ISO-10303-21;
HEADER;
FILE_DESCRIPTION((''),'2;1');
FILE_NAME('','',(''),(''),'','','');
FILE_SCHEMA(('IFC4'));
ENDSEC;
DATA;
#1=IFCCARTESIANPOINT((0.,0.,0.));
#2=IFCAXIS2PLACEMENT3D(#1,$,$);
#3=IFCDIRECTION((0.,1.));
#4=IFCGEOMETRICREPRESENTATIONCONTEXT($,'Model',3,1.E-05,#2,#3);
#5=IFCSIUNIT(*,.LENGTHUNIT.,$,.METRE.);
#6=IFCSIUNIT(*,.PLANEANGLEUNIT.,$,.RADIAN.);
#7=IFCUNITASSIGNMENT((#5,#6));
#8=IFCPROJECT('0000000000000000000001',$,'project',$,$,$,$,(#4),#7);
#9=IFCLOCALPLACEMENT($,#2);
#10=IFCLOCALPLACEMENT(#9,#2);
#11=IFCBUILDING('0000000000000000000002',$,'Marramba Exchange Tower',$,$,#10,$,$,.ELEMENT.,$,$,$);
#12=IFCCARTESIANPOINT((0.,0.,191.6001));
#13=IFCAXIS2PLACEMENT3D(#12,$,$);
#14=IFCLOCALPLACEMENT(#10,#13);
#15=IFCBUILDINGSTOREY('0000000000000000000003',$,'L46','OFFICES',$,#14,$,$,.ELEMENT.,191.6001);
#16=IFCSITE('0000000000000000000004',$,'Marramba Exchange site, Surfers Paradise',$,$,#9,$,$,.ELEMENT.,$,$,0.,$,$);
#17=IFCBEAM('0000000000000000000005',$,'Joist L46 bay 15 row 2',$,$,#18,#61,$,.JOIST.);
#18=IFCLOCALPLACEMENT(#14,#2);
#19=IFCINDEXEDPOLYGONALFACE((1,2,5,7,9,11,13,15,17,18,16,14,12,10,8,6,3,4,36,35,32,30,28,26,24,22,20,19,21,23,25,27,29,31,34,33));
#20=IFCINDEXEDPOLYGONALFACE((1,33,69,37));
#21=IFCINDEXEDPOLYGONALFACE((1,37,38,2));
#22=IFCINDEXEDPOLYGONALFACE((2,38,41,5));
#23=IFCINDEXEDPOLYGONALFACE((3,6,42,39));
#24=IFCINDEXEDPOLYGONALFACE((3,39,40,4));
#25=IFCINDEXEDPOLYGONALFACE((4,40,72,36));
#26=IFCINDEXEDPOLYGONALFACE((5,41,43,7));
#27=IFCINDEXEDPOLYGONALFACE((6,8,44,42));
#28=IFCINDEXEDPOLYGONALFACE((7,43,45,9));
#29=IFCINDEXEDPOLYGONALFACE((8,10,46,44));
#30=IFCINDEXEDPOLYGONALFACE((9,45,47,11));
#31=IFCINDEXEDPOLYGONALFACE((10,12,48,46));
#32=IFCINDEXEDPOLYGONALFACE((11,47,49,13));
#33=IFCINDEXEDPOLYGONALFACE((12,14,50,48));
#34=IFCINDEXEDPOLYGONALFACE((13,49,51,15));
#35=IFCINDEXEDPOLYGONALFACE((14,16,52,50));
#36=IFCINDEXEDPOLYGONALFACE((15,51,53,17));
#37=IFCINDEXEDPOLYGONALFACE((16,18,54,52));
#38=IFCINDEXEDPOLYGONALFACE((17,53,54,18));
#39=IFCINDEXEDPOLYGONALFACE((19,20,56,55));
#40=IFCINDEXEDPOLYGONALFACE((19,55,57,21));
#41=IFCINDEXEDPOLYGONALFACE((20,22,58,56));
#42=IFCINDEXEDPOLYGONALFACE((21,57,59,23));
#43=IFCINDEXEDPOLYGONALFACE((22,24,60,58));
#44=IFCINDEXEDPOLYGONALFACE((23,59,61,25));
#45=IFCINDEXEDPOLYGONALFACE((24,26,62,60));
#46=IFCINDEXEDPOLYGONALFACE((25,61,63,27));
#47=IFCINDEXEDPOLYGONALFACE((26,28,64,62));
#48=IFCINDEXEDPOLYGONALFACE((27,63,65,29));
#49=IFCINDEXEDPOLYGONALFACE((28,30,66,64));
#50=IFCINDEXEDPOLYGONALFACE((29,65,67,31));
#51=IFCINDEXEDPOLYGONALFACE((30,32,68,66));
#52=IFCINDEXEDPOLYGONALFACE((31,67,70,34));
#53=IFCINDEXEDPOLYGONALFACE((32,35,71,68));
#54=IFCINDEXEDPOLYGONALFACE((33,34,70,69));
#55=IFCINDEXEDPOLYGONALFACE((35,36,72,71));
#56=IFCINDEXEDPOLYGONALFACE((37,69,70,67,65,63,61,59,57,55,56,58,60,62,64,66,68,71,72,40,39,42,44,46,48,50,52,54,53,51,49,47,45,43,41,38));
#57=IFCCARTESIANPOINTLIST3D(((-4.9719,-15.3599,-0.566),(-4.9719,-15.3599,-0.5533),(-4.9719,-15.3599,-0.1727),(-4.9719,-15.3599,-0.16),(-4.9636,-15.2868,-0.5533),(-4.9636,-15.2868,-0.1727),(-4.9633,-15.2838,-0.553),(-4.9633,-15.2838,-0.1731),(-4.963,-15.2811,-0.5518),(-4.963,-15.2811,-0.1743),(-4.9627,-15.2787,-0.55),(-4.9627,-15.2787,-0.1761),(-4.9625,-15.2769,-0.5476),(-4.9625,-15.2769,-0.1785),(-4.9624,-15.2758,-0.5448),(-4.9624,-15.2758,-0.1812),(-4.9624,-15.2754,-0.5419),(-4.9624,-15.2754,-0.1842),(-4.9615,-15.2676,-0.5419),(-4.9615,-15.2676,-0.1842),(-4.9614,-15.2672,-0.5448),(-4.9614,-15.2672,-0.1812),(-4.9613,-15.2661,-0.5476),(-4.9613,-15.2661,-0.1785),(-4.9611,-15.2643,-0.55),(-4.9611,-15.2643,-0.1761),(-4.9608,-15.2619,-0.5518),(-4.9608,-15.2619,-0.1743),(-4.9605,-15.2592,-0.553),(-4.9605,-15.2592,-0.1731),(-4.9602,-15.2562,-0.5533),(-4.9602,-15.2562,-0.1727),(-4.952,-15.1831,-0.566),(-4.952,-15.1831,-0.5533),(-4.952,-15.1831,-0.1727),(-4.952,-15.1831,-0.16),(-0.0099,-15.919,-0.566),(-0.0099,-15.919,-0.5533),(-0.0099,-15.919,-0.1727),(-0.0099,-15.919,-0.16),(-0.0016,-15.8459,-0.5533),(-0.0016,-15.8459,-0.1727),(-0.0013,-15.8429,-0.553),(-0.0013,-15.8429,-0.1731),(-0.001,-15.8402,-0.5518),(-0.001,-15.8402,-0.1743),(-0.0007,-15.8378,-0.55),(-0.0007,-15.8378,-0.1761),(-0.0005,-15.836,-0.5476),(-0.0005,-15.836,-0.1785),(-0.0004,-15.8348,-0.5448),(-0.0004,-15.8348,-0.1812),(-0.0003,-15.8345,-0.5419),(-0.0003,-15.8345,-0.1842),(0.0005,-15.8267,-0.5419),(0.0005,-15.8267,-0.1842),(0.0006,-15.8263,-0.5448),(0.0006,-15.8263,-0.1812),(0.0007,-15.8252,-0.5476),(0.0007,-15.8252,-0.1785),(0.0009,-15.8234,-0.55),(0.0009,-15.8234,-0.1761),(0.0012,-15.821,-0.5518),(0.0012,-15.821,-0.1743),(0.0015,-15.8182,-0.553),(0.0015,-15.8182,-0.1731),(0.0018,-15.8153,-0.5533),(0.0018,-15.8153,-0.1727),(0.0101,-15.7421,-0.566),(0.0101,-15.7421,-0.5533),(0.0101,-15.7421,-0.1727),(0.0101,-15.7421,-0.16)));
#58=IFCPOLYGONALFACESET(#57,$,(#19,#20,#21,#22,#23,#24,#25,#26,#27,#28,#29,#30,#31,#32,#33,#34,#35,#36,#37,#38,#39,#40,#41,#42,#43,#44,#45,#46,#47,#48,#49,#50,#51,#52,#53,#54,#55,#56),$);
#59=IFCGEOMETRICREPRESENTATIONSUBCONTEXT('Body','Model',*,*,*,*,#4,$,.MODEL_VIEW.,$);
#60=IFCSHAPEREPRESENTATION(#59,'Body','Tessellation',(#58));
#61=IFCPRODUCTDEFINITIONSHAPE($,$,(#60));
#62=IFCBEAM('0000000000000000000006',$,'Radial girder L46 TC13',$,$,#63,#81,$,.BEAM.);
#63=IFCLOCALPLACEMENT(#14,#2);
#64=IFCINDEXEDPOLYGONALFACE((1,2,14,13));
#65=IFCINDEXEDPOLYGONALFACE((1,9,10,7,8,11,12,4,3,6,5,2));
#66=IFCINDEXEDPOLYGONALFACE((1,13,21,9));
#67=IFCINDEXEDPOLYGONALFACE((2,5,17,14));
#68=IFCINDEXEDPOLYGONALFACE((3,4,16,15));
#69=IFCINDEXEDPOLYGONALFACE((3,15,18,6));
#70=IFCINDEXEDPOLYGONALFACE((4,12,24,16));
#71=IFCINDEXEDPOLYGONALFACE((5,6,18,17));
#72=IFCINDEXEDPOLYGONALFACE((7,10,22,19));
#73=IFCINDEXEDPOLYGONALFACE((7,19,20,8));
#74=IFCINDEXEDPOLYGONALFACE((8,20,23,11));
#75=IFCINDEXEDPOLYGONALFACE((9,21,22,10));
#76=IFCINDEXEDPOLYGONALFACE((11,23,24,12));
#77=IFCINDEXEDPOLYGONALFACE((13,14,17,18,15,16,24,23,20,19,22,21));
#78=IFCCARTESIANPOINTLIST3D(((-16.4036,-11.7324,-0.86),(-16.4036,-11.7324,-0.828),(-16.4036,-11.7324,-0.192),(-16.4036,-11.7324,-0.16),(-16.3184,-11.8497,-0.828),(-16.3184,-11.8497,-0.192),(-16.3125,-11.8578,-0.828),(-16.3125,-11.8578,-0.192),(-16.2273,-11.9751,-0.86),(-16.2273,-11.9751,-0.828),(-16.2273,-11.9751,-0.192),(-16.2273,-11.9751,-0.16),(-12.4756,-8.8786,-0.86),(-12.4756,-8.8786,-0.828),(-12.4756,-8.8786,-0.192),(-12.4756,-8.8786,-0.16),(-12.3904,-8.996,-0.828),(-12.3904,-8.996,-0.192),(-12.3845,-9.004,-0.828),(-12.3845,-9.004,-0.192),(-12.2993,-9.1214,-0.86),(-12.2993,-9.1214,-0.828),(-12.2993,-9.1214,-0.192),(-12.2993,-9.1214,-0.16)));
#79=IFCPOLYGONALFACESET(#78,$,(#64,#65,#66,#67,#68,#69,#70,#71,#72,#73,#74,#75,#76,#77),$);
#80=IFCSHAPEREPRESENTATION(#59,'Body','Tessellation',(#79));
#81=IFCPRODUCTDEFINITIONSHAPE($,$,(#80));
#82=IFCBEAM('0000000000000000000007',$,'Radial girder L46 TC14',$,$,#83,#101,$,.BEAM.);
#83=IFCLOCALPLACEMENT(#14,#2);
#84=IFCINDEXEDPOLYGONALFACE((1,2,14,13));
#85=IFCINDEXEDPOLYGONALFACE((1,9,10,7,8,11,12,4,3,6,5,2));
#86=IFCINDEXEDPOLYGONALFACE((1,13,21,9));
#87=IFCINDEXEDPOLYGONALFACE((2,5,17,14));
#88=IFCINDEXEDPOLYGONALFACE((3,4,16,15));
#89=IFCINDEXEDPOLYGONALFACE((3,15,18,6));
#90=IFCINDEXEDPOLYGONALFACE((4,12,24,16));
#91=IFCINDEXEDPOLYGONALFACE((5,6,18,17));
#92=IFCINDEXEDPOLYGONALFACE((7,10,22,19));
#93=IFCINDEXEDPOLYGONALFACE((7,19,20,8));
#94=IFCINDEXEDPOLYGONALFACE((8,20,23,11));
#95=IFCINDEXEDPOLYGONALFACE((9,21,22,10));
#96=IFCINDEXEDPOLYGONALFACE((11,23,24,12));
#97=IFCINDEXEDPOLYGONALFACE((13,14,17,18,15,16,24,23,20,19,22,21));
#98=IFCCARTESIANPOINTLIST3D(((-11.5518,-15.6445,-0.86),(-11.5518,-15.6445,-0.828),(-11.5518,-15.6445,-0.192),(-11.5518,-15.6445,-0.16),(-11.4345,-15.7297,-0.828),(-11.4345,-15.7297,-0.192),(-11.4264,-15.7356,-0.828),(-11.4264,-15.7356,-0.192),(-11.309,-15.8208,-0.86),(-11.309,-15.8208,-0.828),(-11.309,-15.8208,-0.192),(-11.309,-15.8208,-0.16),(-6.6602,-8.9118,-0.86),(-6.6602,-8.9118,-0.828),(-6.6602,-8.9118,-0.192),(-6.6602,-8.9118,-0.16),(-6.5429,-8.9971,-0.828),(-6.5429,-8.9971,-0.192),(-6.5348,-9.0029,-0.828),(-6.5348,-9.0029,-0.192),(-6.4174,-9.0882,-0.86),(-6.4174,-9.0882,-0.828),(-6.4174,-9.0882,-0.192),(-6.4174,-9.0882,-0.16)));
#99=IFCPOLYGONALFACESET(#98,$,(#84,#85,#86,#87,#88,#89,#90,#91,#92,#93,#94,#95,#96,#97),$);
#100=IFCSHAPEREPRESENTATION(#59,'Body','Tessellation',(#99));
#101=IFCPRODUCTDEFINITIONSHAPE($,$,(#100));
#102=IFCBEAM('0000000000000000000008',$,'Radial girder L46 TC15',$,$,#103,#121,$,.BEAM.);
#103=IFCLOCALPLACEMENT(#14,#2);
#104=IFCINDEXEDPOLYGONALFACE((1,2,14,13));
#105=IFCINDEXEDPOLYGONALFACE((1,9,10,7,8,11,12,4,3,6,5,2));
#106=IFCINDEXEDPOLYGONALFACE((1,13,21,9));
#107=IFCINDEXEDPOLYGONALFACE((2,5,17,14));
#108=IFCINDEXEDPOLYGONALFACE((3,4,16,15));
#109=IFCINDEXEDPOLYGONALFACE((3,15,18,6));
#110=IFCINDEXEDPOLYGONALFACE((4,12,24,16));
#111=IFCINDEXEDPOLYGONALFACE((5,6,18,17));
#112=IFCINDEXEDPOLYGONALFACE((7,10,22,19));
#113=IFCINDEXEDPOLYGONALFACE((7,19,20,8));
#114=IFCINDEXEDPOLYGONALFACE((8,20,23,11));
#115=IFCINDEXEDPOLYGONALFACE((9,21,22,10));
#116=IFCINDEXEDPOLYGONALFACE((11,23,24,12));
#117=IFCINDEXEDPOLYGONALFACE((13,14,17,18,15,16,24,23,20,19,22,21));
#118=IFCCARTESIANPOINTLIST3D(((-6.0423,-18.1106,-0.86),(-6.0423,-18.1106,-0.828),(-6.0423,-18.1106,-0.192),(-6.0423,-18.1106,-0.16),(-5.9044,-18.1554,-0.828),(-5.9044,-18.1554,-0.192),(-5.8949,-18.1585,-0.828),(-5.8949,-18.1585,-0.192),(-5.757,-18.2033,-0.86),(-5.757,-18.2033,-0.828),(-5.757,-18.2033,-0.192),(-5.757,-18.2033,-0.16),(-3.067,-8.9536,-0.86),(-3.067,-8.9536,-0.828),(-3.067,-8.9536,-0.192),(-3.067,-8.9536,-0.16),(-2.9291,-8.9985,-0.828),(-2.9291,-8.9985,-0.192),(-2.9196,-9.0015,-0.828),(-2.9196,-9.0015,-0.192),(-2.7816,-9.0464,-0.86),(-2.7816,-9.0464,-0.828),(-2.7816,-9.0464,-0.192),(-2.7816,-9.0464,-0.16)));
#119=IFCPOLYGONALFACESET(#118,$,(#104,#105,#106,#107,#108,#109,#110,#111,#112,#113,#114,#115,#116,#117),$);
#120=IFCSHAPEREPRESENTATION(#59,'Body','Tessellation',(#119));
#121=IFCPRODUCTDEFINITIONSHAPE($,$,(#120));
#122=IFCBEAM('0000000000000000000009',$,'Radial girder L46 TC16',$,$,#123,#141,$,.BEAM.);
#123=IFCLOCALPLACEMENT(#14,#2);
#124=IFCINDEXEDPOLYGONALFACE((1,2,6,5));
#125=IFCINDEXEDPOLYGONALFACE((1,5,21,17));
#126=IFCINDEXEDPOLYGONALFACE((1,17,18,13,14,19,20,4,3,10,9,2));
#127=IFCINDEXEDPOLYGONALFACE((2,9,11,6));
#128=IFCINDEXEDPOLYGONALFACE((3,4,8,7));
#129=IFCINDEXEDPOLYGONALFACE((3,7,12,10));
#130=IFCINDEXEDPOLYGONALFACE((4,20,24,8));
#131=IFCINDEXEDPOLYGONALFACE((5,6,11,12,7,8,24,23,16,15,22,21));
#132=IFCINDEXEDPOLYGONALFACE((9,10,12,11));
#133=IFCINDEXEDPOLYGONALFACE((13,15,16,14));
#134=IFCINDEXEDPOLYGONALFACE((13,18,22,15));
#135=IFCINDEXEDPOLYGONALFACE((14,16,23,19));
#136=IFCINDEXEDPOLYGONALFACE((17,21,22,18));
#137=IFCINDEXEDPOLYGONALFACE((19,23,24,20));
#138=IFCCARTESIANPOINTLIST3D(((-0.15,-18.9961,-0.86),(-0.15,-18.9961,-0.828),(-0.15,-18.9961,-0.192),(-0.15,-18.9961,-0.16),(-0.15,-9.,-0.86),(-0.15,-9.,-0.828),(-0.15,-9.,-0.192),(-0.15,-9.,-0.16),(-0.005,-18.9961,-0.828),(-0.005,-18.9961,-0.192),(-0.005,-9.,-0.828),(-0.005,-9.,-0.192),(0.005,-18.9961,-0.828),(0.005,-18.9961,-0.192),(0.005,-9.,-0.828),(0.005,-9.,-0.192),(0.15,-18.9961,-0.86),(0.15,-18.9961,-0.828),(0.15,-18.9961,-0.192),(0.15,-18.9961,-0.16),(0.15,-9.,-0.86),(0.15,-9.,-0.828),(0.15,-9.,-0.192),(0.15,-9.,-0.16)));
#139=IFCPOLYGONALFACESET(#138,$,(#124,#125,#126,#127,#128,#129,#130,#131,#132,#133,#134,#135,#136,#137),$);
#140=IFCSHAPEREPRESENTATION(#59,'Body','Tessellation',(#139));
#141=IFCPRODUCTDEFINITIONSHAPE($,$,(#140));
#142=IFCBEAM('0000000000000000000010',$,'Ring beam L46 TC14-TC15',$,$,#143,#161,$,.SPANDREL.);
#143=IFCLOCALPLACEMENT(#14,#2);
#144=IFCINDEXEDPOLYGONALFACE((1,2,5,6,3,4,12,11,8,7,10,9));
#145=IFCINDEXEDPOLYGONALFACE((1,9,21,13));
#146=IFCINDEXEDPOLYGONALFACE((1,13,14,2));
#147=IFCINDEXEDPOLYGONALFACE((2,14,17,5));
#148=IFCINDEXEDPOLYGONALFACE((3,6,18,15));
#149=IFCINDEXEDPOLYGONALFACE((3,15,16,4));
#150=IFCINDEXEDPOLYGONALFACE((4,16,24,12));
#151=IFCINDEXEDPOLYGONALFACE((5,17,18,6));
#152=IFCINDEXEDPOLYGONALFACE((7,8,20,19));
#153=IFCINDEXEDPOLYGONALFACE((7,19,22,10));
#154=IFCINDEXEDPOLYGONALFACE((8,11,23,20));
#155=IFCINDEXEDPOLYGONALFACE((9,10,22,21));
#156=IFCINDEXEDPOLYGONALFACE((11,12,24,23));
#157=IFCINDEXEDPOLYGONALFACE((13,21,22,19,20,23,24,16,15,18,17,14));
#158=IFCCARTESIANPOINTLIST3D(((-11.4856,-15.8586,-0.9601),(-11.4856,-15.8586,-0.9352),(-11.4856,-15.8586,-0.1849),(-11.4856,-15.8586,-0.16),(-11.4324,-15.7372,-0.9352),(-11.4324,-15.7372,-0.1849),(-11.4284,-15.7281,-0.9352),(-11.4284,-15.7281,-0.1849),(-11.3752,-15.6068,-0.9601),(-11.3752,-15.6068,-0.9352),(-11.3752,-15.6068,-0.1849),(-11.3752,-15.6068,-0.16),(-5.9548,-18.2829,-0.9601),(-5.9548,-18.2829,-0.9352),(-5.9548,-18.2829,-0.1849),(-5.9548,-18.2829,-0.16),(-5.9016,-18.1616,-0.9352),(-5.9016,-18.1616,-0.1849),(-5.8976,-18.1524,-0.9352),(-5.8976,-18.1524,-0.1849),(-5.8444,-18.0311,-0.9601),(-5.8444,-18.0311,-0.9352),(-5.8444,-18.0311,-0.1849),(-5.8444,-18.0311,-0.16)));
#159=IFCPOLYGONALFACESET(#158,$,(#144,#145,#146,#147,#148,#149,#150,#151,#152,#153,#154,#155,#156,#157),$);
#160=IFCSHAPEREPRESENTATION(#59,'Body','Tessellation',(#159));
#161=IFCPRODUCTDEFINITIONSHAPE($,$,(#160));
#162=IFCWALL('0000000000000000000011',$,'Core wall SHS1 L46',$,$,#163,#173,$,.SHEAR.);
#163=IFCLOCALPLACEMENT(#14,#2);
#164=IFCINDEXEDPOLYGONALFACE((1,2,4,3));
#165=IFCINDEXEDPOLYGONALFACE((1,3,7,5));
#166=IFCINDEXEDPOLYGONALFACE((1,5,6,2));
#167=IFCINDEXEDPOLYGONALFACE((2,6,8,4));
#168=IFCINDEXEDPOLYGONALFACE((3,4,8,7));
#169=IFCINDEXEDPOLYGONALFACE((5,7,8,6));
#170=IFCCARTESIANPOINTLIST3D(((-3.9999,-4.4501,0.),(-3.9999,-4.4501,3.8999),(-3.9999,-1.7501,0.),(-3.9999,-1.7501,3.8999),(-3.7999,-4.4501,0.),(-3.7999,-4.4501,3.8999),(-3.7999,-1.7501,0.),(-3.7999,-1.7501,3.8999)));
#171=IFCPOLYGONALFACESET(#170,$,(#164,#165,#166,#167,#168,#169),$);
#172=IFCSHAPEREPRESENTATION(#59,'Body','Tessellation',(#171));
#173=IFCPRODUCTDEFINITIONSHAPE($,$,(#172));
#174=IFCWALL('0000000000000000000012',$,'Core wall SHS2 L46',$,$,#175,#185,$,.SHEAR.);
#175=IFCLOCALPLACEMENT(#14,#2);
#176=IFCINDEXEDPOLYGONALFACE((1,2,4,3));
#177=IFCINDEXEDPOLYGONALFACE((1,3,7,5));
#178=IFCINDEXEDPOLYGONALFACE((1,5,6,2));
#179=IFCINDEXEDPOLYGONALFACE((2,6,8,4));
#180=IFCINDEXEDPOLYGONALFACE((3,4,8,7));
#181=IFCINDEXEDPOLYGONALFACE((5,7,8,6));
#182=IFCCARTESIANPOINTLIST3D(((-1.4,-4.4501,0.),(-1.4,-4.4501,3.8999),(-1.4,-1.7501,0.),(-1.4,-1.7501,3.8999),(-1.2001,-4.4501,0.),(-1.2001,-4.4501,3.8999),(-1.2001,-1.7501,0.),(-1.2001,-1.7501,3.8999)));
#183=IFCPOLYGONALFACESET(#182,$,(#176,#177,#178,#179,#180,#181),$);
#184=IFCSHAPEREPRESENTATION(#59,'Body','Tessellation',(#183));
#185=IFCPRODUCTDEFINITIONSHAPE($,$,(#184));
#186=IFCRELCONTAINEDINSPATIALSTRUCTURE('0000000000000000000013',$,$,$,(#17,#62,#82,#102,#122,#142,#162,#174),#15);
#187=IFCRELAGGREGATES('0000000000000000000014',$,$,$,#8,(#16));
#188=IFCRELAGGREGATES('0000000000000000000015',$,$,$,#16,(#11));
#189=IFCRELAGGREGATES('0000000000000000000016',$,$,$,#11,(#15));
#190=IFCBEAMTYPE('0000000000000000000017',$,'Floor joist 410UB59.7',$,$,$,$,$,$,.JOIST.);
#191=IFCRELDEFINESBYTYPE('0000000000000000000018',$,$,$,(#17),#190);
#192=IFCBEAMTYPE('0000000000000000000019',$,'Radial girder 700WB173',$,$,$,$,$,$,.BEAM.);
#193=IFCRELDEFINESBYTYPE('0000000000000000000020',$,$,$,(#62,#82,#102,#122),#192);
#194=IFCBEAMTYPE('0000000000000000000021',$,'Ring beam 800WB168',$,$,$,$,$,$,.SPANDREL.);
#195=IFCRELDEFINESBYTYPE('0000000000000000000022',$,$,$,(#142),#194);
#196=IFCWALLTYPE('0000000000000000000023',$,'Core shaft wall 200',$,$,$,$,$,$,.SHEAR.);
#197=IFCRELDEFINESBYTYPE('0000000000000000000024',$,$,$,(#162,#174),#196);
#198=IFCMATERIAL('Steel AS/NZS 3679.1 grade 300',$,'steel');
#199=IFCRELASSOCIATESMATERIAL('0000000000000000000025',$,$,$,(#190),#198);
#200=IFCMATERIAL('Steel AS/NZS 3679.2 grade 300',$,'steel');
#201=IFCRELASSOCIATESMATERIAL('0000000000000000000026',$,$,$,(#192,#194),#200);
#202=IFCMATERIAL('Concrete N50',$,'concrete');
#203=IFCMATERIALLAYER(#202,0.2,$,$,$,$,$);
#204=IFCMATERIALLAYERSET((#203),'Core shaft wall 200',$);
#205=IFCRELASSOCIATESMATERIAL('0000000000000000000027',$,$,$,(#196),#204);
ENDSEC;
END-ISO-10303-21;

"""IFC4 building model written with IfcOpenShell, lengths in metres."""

from ifc_helpers import new_model, si_unit, direction, frame, frame_2d, origin, origin_2d, place, context, subcontext, project, spatial, rectangle, i_section, extrude, material, layer, layer_set, material_profile, profile_set, type_object, element, save


model = new_model("IFC4")

# Units and contexts
model_context = context("Model", 3, precision=1e-05, world=origin(), true_north=direction((0.0, 1.0)))
body_context = subcontext(model_context, "Body", "Model", "MODEL_VIEW")
ifc_project = project(units=[si_unit("LENGTHUNIT", "METRE"), si_unit("PLANEANGLEUNIT", "RADIAN")], contexts=[model_context])

# Site, building, storey
site_placement = place(None, origin())
site = spatial("IfcSite", under=ifc_project, at=site_placement, Name="Marramba Exchange site, Surfers Paradise", CompositionType="ELEMENT", RefElevation=0.0)
building_placement = place(site_placement, origin())
building = spatial("IfcBuilding", under=site, at=building_placement, Name="Marramba Exchange Tower", CompositionType="ELEMENT")
storey_placement = place(building_placement, frame((0.0, 0.0, 191.6001)))
storey = spatial("IfcBuildingStorey", under=building, at=storey_placement, Name="L46", Description="OFFICES", CompositionType="ELEMENT", Elevation=191.6001)

# Shared definitions
ifc_material_1 = material(Name="Concrete N50", Category="concrete")

# Beams
ifc_material_2 = material(Name="Steel AS/NZS 3679.2 grade 300", Category="steel")
ifc_material_3 = material(Name="Steel AS/NZS 3679.1 grade 300", Category="steel")
ifc_material_profile_1 = material_profile(ifc_material_3, i_section(OverallWidth=0.178, OverallDepth=0.406, WebThickness=0.0078, FlangeThickness=0.0127, FilletRadius=0.0115, at=origin_2d()), Name="410UB59.7")
ifc_profile_set_1 = profile_set([ifc_material_profile_1], Name="Steel AS/NZS 3679.1 grade 300")
beam_type_1 = type_object("IfcBeamType", Name="Floor joist 410UB59.7", PredefinedType="JOIST", material=ifc_profile_set_1)
beam_1_placement = place(storey_placement, frame((-4.9619, -15.2715, -0.363), z_axis=(0.993712, -0.111966, 0.0), x_axis=(0.111966, 0.993712, 0.0)))
element("IfcBeam", 1, at=beam_1_placement, inside=storey, type_object=beam_type_1, Name="Joist L46 bay 15 row 2", PredefinedType="JOIST", context=body_context, shape_type="SweptSolid", body=[
    extrude(i_section(OverallWidth=0.178, OverallDepth=0.406, WebThickness=0.0078, FlangeThickness=0.0127, FilletRadius=0.0115, at=origin_2d()), origin(), (0.0, 0.0, 1.0), 4.9934),
])
ifc_material_profile_2 = material_profile(ifc_material_2, i_section(OverallWidth=0.3, OverallDepth=0.7, WebThickness=0.01, FlangeThickness=0.032, at=origin_2d()), Name="700WB173")
ifc_profile_set_2 = profile_set([ifc_material_profile_2], Name="Steel AS/NZS 3679.2 grade 300")
beam_type_2 = type_object("IfcBeamType", Name="Radial girder 700WB173", PredefinedType="BEAM", material=ifc_profile_set_2)
beam_2_placement = place(storey_placement, frame((-12.3875, -9.0, -0.51), z_axis=(-0.809025, -0.587774, 0.0), x_axis=(0.587774, -0.809025, 0.0)))
element("IfcBeam", 2, at=beam_2_placement, inside=storey, type_object=beam_type_2, Name="Radial girder L46 TC13", PredefinedType="BEAM", context=body_context, shape_type="SweptSolid", body=[
    extrude(i_section(OverallWidth=0.3, OverallDepth=0.7, WebThickness=0.01, FlangeThickness=0.032, at=origin_2d()), origin(), (0.0, 0.0, 1.0), 4.8552),
])
beam_3_placement = place(storey_placement, frame((-6.5388, -9.0, -0.51), z_axis=(-0.587788, -0.809015, 0.0), x_axis=(0.809015, -0.587788, 0.0)))
element("IfcBeam", 3, at=beam_3_placement, inside=storey, type_object=beam_type_2, Name="Radial girder L46 TC14", PredefinedType="BEAM", context=body_context, shape_type="SweptSolid", body=[
    extrude(i_section(OverallWidth=0.3, OverallDepth=0.7, WebThickness=0.01, FlangeThickness=0.032, at=origin_2d()), origin(), (0.0, 0.0, 1.0), 8.322),
])
beam_4_placement = place(storey_placement, frame((-2.9243, -9.0, -0.51), z_axis=(-0.309022, -0.951055, 0.0), x_axis=(0.951055, -0.309022, 0.0)))
element("IfcBeam", 4, at=beam_4_placement, inside=storey, type_object=beam_type_2, Name="Radial girder L46 TC15", PredefinedType="BEAM", context=body_context, shape_type="SweptSolid", body=[
    extrude(i_section(OverallWidth=0.3, OverallDepth=0.7, WebThickness=0.01, FlangeThickness=0.032, at=origin_2d()), origin(), (0.0, 0.0, 1.0), 9.6282),
])
beam_5_placement = place(storey_placement, frame((0.0, -9.0, -0.51), z_axis=(0.0, -1.0, 0.0), x_axis=(1.0, 0.0, 0.0)))
element("IfcBeam", 5, at=beam_5_placement, inside=storey, type_object=beam_type_2, Name="Radial girder L46 TC16", PredefinedType="BEAM", context=body_context, shape_type="SweptSolid", body=[
    extrude(i_section(OverallWidth=0.3, OverallDepth=0.7, WebThickness=0.01, FlangeThickness=0.032, at=origin_2d()), origin(), (0.0, 0.0, 1.0), 9.9961),
])
ifc_material_profile_3 = material_profile(ifc_material_2, i_section(OverallWidth=0.2749, OverallDepth=0.8, WebThickness=0.01, FlangeThickness=0.0249, at=origin_2d()), Name="800WB168")
ifc_profile_set_3 = profile_set([ifc_material_profile_3], Name="Steel AS/NZS 3679.2 grade 300")
beam_type_3 = type_object("IfcBeamType", Name="Ring beam 800WB168", PredefinedType="SPANDREL", material=ifc_profile_set_3)
beam_6_placement = place(storey_placement, frame((-11.4304, -15.7327, -0.5601), z_axis=(0.915877, -0.401459, 0.0), x_axis=(0.401459, 0.915877, 0.0)))
element("IfcBeam", 6, at=beam_6_placement, inside=storey, type_object=beam_type_3, Name="Ring beam L46 TC14-TC15", PredefinedType="SPANDREL", context=body_context, shape_type="SweptSolid", body=[
    extrude(i_section(OverallWidth=0.2749, OverallDepth=0.8, WebThickness=0.01, FlangeThickness=0.0249, at=origin_2d()), origin(), (0.0, 0.0, 1.0), 6.0388),
])

# Walls
ifc_layer_1 = layer(ifc_material_1, 0.2)
ifc_layer_set_1 = layer_set([ifc_layer_1], Name="Core shaft wall 200")
wall_type_1 = type_object("IfcWallType", Name="Core shaft wall 200", PredefinedType="SHEAR", material=ifc_layer_set_1)
for number, where, z_axis, x_axis, name in (
    (7, (-3.8999, -1.75, 0.0), (0.0, 0.0, 1.0), (0.0, -1.0, 0.0), "Core wall SHS1 L46"),
    (8, (-1.3, -1.75, 0.0), (0.0, 0.0, 1.0), (0.0, -1.0, 0.0), "Core wall SHS2 L46"),
):
    element("IfcWall", number, at=place(storey_placement, frame(where, z_axis=z_axis, x_axis=x_axis)), inside=storey, type_object=wall_type_1, Name=name, PredefinedType="SHEAR", context=body_context, shape_type="SweptSolid", body=[
        extrude(rectangle(XDim=2.7, YDim=0.2, at=frame_2d((1.3501, 0.0))), origin(), (0.0, 0.0, 1.0), 3.8999),
    ])

save(model, "model.ifc")
